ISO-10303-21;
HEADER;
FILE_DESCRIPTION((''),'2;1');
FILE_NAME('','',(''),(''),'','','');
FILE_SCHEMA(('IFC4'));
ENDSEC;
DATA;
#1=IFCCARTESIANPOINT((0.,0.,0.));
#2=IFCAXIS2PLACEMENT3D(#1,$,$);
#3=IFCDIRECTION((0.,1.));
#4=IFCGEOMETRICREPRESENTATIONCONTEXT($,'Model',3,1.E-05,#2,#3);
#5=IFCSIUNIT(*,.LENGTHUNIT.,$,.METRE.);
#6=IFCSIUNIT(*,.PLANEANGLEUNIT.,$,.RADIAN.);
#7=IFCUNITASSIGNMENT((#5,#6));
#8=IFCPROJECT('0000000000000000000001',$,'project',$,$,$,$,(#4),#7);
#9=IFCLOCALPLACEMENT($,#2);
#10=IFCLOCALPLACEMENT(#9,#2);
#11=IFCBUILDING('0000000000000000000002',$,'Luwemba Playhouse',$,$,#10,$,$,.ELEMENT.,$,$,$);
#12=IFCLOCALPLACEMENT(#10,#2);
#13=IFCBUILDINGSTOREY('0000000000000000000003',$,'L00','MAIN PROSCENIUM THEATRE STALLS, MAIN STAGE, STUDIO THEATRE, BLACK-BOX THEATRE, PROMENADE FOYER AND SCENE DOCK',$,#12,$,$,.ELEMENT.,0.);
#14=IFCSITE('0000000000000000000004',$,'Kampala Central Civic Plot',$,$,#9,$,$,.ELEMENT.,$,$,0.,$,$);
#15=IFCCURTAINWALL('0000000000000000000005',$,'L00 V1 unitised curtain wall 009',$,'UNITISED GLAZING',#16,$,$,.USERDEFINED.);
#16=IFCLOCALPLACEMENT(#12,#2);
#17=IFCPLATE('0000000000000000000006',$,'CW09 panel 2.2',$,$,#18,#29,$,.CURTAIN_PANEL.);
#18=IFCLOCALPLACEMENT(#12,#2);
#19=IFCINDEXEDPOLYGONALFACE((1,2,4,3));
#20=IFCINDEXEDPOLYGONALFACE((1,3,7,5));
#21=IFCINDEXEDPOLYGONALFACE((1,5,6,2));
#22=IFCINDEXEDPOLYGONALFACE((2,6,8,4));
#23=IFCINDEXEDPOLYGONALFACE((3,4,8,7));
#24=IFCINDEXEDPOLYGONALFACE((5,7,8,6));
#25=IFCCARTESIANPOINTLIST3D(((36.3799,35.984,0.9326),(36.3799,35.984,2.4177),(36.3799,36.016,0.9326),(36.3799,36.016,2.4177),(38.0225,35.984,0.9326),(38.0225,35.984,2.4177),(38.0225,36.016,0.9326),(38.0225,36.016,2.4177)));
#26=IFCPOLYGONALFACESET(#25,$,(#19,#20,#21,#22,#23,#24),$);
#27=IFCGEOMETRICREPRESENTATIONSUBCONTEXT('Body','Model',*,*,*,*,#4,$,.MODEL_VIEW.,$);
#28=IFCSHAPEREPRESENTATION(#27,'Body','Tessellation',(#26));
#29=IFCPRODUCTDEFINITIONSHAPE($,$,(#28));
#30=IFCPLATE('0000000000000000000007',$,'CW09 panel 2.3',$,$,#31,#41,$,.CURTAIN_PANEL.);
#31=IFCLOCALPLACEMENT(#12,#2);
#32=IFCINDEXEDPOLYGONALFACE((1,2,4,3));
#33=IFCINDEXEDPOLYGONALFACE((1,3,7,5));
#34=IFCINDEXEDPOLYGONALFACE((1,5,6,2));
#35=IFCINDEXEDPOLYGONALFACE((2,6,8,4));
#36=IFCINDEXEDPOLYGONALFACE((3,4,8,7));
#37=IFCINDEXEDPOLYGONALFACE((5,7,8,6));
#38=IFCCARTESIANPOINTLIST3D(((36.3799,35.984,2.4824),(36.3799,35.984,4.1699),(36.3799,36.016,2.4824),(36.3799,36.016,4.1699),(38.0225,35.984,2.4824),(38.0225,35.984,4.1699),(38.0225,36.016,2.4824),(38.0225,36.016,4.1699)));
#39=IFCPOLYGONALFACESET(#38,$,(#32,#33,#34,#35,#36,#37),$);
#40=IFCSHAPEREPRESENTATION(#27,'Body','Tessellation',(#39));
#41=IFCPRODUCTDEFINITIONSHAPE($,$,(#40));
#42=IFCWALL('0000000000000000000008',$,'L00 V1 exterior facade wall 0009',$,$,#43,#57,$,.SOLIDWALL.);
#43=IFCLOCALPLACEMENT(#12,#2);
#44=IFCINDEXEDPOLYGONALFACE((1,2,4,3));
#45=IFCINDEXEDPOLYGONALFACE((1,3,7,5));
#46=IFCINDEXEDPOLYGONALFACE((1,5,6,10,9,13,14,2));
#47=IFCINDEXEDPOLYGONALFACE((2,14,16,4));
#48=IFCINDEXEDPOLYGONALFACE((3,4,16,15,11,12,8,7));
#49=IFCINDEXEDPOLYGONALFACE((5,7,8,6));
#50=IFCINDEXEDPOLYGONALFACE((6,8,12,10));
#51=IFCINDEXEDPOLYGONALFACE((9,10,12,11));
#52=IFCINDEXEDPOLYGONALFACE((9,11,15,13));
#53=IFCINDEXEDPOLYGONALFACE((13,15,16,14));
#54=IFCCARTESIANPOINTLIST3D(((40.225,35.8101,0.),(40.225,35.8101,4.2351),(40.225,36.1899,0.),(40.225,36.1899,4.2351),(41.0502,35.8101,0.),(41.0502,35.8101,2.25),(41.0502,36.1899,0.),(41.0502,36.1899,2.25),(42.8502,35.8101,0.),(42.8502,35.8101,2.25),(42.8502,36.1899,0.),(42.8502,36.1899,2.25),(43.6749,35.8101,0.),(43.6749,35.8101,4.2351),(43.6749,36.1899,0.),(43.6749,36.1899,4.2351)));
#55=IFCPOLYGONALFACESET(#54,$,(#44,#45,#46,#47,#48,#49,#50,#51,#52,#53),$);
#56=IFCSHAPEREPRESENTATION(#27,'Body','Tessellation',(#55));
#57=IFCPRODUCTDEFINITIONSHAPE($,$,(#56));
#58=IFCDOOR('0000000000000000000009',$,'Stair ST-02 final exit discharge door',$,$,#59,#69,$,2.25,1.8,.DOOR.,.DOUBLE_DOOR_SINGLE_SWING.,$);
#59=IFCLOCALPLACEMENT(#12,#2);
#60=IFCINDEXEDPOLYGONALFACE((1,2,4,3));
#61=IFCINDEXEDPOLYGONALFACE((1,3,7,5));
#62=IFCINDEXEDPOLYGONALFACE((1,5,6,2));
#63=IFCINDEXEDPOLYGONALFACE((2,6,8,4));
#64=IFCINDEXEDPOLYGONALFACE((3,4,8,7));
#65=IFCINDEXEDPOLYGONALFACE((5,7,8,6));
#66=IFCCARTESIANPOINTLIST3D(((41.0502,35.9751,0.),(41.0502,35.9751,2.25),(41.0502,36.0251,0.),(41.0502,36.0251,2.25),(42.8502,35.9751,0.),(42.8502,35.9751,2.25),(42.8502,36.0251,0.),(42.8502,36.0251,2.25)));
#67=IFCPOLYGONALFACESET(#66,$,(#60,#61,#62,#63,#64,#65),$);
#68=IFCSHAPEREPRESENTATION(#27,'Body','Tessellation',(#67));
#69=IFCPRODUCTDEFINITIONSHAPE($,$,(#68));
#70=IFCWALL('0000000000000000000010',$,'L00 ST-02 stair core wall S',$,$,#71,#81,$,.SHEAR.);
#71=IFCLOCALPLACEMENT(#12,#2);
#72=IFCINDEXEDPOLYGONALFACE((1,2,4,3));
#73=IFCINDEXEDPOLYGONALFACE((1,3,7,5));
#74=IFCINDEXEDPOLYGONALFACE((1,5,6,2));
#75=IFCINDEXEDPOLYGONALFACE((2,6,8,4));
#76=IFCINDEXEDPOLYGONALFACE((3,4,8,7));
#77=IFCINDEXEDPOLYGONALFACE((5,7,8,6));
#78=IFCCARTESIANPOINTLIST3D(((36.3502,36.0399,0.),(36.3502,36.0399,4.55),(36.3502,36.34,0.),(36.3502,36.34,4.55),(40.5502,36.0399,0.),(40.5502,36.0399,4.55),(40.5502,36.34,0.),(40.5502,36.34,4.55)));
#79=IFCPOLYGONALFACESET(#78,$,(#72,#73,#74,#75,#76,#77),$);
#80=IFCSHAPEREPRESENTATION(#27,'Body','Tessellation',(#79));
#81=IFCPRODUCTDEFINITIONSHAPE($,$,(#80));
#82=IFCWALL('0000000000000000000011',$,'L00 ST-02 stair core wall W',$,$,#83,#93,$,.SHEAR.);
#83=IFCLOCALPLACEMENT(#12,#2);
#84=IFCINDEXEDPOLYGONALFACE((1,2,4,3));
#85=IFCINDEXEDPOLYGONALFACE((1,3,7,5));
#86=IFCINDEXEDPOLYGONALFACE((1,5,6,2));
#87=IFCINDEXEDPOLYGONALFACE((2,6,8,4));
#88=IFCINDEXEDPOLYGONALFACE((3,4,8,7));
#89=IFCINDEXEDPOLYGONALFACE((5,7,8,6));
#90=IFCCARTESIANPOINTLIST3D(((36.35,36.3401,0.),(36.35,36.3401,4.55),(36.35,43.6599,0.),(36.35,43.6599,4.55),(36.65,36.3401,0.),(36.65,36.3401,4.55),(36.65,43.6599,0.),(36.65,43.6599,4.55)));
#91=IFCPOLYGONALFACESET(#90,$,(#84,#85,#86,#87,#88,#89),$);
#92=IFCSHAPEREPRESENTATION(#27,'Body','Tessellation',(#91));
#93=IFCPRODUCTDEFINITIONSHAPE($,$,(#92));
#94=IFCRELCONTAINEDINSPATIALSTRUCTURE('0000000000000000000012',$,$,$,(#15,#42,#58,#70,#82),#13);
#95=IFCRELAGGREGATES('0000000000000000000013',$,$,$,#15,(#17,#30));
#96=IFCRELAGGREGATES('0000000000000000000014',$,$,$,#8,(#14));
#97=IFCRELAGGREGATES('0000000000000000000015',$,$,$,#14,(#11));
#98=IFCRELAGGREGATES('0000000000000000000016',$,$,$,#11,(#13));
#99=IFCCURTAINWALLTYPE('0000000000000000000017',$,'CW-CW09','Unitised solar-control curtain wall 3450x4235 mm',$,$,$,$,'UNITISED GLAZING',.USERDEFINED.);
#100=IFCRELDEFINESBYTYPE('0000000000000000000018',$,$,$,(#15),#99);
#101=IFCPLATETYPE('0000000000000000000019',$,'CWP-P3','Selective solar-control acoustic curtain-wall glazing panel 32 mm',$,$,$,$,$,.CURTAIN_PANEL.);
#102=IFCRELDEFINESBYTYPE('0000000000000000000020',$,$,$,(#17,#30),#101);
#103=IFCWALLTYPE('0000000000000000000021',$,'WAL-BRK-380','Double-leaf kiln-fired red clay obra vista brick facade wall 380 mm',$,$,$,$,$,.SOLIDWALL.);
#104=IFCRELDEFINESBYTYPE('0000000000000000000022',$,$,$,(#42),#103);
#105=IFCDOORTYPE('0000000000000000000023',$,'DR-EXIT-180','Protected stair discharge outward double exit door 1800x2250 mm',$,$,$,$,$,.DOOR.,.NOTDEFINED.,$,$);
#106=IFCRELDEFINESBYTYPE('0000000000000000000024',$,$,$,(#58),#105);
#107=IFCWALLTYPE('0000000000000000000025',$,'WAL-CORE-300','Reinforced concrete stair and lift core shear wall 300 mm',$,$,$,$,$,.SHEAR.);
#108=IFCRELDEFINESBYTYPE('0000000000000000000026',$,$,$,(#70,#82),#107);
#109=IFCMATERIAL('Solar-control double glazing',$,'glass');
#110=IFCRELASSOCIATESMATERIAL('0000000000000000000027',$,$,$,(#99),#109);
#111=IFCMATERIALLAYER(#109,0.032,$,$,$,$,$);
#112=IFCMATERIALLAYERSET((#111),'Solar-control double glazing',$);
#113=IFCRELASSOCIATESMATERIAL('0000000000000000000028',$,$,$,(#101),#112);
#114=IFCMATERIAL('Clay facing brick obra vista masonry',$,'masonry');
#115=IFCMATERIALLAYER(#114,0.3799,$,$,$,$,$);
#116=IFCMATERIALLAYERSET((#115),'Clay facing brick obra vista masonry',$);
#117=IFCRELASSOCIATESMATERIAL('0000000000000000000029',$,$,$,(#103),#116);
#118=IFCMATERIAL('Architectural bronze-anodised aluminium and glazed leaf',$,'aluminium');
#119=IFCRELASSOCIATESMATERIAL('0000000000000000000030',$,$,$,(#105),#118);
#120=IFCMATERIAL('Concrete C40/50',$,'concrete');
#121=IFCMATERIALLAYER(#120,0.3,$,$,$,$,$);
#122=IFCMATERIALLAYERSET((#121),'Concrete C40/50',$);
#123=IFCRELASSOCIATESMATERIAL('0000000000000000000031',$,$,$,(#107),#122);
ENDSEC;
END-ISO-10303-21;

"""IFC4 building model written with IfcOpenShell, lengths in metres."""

from ifc_helpers import new_model, si_unit, direction, frame, frame_2d, origin, origin_2d, place, context, subcontext, project, spatial, rectangle, extrude, material, layer, layer_set, type_object, element, fill, aggregate, save


model = new_model("IFC4")

# Units and contexts
model_context = context("Model", 3, precision=1e-05, world=origin(), true_north=direction((0.0, 1.0)))
body_context = subcontext(model_context, "Body", "Model", "MODEL_VIEW")
ifc_project = project(units=[si_unit("LENGTHUNIT", "METRE"), si_unit("PLANEANGLEUNIT", "RADIAN")], contexts=[model_context])

# Site, building, storey
site_placement = place(None, origin())
site = spatial("IfcSite", under=ifc_project, at=site_placement, Name="Kampala Central Civic Plot", CompositionType="ELEMENT", RefElevation=0.0)
building_placement = place(site_placement, origin())
building = spatial("IfcBuilding", under=site, at=building_placement, Name="Luwemba Playhouse", CompositionType="ELEMENT")
storey_placement = place(building_placement, origin())
storey = spatial("IfcBuildingStorey", under=building, at=storey_placement, Name="L00", Description="MAIN PROSCENIUM THEATRE STALLS, MAIN STAGE, STUDIO THEATRE, BLACK-BOX THEATRE, PROMENADE FOYER AND SCENE DOCK", CompositionType="ELEMENT", Elevation=0.0)

# Shared definitions
ifc_material_1 = material(Name="Concrete C40/50", Category="concrete")

# Curtain wall, plates
ifc_material_2 = material(Name="Solar-control double glazing", Category="glass")
curtain_wall_type = type_object("IfcCurtainWallType", Name="CW-CW09", Description="Unitised solar-control curtain wall 3450x4235 mm", ElementType="UNITISED GLAZING", PredefinedType="USERDEFINED", material=ifc_material_2)
curtain_wall_placement = place(storey_placement, origin())
curtain_wall = element("IfcCurtainWall", 1, at=curtain_wall_placement, inside=storey, type_object=curtain_wall_type, Name="L00 V1 unitised curtain wall 009", ObjectType="UNITISED GLAZING", PredefinedType="USERDEFINED")
ifc_layer_1 = layer(ifc_material_2, 0.032)
ifc_layer_set_1 = layer_set([ifc_layer_1], Name="Solar-control double glazing")
plate_type = type_object("IfcPlateType", Name="CWP-P3", Description="Selective solar-control acoustic curtain-wall glazing panel 32 mm", PredefinedType="CURTAIN_PANEL", material=ifc_layer_set_1)
plate_1_placement = place(storey_placement, frame((37.2012, 36.0, 0.9326), z_axis=(0.0, 0.0, 1.0), x_axis=(-1.0, 0.0, 0.0)))
plate_1 = element("IfcPlate", 2, at=plate_1_placement, type_object=plate_type, Name="CW09 panel 2.2", PredefinedType="CURTAIN_PANEL", context=body_context, shape_type="SweptSolid", body=[
    extrude(rectangle(XDim=1.6426, YDim=0.032, at=origin_2d()), origin(), (0.0, 0.0, 1.0), 1.4851),
])
plate_2_placement = place(storey_placement, frame((37.2012, 36.0, 2.4824), z_axis=(0.0, 0.0, 1.0), x_axis=(-1.0, 0.0, 0.0)))
plate_2 = element("IfcPlate", 3, at=plate_2_placement, type_object=plate_type, Name="CW09 panel 2.3", PredefinedType="CURTAIN_PANEL", context=body_context, shape_type="SweptSolid", body=[
    extrude(rectangle(XDim=1.6426, YDim=0.032, at=origin_2d()), origin(), (0.0, 0.0, 1.0), 1.6875),
])
aggregate(curtain_wall, [plate_1, plate_2])

# Wall, opening, door
ifc_material_3 = material(Name="Clay facing brick obra vista masonry", Category="masonry")
ifc_layer_2 = layer(ifc_material_3, 0.3799)
ifc_layer_set_2 = layer_set([ifc_layer_2], Name="Clay facing brick obra vista masonry")
wall_type_1 = type_object("IfcWallType", Name="WAL-BRK-380", Description="Double-leaf kiln-fired red clay obra vista brick facade wall 380 mm", PredefinedType="SOLIDWALL", material=ifc_layer_set_2)
wall_1_placement = place(storey_placement, frame((43.675, 36.0, 0.0), z_axis=(0.0, 0.0, 1.0), x_axis=(-1.0, 0.0, 0.0)))
wall_1 = element("IfcWall", 4, at=wall_1_placement, inside=storey, type_object=wall_type_1, Name="L00 V1 exterior facade wall 0009", PredefinedType="SOLIDWALL", context=body_context, shape_type="SweptSolid", body=[
    extrude(rectangle(XDim=3.45, YDim=0.3799, at=frame_2d((1.7251, 0.0))), origin(), (0.0, 0.0, 1.0), 4.2351),
])
opening_1_placement = place(wall_1_placement, frame((0.825, 0.0, 0.0)))
opening_1 = element("IfcOpeningElement", 5, at=opening_1_placement, cuts=wall_1, PredefinedType="OPENING", context=body_context, shape_type="SweptSolid", body=[
    extrude(rectangle(XDim=1.8, YDim=2.25, at=frame_2d((0.8999, 1.125))), frame((0.0, 0.2, 0.0), z_axis=(0.0, -1.0, 0.0), x_axis=(1.0, 0.0, 0.0)), (0.0, 0.0, 1.0), 0.3999),
])
ifc_material_4 = material(Name="Architectural bronze-anodised aluminium and glazed leaf", Category="aluminium")
door_type_1 = type_object("IfcDoorType", Name="DR-EXIT-180", Description="Protected stair discharge outward double exit door 1800x2250 mm", OperationType="NOTDEFINED", PredefinedType="DOOR", material=ifc_material_4)
door_1_placement = place(opening_1_placement, origin())
door_1 = element("IfcDoor", 6, at=door_1_placement, inside=storey, type_object=door_type_1, Name="Stair ST-02 final exit discharge door", OperationType="DOUBLE_DOOR_SINGLE_SWING", OverallHeight=2.25, OverallWidth=1.8, PredefinedType="DOOR", context=body_context, shape_type="SweptSolid", body=[
    extrude(rectangle(XDim=1.8, YDim=2.25, at=frame_2d((0.8999, 1.125))), frame((0.0, 0.0249, 0.0), z_axis=(0.0, -1.0, 0.0), x_axis=(1.0, 0.0, 0.0)), (0.0, 0.0, 1.0), 0.05),
])
fill(opening_1, door_1)

# Walls
ifc_layer_3 = layer(ifc_material_1, 0.3)
ifc_layer_set_3 = layer_set([ifc_layer_3], Name="Concrete C40/50")
wall_type_2 = type_object("IfcWallType", Name="WAL-CORE-300", Description="Reinforced concrete stair and lift core shear wall 300 mm", PredefinedType="SHEAR", material=ifc_layer_set_3)
wall_2_placement = place(storey_placement, frame((36.3501, 36.1899, 0.0), z_axis=(0.0, 0.0, 1.0), x_axis=(1.0, 0.0, 0.0)))
element("IfcWall", 7, at=wall_2_placement, inside=storey, type_object=wall_type_2, Name="L00 ST-02 stair core wall S", PredefinedType="SHEAR", context=body_context, shape_type="SweptSolid", body=[
    extrude(rectangle(XDim=4.2, YDim=0.3, at=frame_2d((2.1001, 0.0))), origin(), (0.0, 0.0, 1.0), 4.55),
])
wall_3_placement = place(storey_placement, frame((36.5, 36.3401, 0.0), z_axis=(0.0, 0.0, 1.0), x_axis=(0.0, 1.0, 0.0)))
element("IfcWall", 8, at=wall_3_placement, inside=storey, type_object=wall_type_2, Name="L00 ST-02 stair core wall W", PredefinedType="SHEAR", context=body_context, shape_type="SweptSolid", body=[
    extrude(rectangle(XDim=7.3198, YDim=0.3, at=frame_2d((3.6599, 0.0))), origin(), (0.0, 0.0, 1.0), 4.55),
])

save(model, "model.ifc")
